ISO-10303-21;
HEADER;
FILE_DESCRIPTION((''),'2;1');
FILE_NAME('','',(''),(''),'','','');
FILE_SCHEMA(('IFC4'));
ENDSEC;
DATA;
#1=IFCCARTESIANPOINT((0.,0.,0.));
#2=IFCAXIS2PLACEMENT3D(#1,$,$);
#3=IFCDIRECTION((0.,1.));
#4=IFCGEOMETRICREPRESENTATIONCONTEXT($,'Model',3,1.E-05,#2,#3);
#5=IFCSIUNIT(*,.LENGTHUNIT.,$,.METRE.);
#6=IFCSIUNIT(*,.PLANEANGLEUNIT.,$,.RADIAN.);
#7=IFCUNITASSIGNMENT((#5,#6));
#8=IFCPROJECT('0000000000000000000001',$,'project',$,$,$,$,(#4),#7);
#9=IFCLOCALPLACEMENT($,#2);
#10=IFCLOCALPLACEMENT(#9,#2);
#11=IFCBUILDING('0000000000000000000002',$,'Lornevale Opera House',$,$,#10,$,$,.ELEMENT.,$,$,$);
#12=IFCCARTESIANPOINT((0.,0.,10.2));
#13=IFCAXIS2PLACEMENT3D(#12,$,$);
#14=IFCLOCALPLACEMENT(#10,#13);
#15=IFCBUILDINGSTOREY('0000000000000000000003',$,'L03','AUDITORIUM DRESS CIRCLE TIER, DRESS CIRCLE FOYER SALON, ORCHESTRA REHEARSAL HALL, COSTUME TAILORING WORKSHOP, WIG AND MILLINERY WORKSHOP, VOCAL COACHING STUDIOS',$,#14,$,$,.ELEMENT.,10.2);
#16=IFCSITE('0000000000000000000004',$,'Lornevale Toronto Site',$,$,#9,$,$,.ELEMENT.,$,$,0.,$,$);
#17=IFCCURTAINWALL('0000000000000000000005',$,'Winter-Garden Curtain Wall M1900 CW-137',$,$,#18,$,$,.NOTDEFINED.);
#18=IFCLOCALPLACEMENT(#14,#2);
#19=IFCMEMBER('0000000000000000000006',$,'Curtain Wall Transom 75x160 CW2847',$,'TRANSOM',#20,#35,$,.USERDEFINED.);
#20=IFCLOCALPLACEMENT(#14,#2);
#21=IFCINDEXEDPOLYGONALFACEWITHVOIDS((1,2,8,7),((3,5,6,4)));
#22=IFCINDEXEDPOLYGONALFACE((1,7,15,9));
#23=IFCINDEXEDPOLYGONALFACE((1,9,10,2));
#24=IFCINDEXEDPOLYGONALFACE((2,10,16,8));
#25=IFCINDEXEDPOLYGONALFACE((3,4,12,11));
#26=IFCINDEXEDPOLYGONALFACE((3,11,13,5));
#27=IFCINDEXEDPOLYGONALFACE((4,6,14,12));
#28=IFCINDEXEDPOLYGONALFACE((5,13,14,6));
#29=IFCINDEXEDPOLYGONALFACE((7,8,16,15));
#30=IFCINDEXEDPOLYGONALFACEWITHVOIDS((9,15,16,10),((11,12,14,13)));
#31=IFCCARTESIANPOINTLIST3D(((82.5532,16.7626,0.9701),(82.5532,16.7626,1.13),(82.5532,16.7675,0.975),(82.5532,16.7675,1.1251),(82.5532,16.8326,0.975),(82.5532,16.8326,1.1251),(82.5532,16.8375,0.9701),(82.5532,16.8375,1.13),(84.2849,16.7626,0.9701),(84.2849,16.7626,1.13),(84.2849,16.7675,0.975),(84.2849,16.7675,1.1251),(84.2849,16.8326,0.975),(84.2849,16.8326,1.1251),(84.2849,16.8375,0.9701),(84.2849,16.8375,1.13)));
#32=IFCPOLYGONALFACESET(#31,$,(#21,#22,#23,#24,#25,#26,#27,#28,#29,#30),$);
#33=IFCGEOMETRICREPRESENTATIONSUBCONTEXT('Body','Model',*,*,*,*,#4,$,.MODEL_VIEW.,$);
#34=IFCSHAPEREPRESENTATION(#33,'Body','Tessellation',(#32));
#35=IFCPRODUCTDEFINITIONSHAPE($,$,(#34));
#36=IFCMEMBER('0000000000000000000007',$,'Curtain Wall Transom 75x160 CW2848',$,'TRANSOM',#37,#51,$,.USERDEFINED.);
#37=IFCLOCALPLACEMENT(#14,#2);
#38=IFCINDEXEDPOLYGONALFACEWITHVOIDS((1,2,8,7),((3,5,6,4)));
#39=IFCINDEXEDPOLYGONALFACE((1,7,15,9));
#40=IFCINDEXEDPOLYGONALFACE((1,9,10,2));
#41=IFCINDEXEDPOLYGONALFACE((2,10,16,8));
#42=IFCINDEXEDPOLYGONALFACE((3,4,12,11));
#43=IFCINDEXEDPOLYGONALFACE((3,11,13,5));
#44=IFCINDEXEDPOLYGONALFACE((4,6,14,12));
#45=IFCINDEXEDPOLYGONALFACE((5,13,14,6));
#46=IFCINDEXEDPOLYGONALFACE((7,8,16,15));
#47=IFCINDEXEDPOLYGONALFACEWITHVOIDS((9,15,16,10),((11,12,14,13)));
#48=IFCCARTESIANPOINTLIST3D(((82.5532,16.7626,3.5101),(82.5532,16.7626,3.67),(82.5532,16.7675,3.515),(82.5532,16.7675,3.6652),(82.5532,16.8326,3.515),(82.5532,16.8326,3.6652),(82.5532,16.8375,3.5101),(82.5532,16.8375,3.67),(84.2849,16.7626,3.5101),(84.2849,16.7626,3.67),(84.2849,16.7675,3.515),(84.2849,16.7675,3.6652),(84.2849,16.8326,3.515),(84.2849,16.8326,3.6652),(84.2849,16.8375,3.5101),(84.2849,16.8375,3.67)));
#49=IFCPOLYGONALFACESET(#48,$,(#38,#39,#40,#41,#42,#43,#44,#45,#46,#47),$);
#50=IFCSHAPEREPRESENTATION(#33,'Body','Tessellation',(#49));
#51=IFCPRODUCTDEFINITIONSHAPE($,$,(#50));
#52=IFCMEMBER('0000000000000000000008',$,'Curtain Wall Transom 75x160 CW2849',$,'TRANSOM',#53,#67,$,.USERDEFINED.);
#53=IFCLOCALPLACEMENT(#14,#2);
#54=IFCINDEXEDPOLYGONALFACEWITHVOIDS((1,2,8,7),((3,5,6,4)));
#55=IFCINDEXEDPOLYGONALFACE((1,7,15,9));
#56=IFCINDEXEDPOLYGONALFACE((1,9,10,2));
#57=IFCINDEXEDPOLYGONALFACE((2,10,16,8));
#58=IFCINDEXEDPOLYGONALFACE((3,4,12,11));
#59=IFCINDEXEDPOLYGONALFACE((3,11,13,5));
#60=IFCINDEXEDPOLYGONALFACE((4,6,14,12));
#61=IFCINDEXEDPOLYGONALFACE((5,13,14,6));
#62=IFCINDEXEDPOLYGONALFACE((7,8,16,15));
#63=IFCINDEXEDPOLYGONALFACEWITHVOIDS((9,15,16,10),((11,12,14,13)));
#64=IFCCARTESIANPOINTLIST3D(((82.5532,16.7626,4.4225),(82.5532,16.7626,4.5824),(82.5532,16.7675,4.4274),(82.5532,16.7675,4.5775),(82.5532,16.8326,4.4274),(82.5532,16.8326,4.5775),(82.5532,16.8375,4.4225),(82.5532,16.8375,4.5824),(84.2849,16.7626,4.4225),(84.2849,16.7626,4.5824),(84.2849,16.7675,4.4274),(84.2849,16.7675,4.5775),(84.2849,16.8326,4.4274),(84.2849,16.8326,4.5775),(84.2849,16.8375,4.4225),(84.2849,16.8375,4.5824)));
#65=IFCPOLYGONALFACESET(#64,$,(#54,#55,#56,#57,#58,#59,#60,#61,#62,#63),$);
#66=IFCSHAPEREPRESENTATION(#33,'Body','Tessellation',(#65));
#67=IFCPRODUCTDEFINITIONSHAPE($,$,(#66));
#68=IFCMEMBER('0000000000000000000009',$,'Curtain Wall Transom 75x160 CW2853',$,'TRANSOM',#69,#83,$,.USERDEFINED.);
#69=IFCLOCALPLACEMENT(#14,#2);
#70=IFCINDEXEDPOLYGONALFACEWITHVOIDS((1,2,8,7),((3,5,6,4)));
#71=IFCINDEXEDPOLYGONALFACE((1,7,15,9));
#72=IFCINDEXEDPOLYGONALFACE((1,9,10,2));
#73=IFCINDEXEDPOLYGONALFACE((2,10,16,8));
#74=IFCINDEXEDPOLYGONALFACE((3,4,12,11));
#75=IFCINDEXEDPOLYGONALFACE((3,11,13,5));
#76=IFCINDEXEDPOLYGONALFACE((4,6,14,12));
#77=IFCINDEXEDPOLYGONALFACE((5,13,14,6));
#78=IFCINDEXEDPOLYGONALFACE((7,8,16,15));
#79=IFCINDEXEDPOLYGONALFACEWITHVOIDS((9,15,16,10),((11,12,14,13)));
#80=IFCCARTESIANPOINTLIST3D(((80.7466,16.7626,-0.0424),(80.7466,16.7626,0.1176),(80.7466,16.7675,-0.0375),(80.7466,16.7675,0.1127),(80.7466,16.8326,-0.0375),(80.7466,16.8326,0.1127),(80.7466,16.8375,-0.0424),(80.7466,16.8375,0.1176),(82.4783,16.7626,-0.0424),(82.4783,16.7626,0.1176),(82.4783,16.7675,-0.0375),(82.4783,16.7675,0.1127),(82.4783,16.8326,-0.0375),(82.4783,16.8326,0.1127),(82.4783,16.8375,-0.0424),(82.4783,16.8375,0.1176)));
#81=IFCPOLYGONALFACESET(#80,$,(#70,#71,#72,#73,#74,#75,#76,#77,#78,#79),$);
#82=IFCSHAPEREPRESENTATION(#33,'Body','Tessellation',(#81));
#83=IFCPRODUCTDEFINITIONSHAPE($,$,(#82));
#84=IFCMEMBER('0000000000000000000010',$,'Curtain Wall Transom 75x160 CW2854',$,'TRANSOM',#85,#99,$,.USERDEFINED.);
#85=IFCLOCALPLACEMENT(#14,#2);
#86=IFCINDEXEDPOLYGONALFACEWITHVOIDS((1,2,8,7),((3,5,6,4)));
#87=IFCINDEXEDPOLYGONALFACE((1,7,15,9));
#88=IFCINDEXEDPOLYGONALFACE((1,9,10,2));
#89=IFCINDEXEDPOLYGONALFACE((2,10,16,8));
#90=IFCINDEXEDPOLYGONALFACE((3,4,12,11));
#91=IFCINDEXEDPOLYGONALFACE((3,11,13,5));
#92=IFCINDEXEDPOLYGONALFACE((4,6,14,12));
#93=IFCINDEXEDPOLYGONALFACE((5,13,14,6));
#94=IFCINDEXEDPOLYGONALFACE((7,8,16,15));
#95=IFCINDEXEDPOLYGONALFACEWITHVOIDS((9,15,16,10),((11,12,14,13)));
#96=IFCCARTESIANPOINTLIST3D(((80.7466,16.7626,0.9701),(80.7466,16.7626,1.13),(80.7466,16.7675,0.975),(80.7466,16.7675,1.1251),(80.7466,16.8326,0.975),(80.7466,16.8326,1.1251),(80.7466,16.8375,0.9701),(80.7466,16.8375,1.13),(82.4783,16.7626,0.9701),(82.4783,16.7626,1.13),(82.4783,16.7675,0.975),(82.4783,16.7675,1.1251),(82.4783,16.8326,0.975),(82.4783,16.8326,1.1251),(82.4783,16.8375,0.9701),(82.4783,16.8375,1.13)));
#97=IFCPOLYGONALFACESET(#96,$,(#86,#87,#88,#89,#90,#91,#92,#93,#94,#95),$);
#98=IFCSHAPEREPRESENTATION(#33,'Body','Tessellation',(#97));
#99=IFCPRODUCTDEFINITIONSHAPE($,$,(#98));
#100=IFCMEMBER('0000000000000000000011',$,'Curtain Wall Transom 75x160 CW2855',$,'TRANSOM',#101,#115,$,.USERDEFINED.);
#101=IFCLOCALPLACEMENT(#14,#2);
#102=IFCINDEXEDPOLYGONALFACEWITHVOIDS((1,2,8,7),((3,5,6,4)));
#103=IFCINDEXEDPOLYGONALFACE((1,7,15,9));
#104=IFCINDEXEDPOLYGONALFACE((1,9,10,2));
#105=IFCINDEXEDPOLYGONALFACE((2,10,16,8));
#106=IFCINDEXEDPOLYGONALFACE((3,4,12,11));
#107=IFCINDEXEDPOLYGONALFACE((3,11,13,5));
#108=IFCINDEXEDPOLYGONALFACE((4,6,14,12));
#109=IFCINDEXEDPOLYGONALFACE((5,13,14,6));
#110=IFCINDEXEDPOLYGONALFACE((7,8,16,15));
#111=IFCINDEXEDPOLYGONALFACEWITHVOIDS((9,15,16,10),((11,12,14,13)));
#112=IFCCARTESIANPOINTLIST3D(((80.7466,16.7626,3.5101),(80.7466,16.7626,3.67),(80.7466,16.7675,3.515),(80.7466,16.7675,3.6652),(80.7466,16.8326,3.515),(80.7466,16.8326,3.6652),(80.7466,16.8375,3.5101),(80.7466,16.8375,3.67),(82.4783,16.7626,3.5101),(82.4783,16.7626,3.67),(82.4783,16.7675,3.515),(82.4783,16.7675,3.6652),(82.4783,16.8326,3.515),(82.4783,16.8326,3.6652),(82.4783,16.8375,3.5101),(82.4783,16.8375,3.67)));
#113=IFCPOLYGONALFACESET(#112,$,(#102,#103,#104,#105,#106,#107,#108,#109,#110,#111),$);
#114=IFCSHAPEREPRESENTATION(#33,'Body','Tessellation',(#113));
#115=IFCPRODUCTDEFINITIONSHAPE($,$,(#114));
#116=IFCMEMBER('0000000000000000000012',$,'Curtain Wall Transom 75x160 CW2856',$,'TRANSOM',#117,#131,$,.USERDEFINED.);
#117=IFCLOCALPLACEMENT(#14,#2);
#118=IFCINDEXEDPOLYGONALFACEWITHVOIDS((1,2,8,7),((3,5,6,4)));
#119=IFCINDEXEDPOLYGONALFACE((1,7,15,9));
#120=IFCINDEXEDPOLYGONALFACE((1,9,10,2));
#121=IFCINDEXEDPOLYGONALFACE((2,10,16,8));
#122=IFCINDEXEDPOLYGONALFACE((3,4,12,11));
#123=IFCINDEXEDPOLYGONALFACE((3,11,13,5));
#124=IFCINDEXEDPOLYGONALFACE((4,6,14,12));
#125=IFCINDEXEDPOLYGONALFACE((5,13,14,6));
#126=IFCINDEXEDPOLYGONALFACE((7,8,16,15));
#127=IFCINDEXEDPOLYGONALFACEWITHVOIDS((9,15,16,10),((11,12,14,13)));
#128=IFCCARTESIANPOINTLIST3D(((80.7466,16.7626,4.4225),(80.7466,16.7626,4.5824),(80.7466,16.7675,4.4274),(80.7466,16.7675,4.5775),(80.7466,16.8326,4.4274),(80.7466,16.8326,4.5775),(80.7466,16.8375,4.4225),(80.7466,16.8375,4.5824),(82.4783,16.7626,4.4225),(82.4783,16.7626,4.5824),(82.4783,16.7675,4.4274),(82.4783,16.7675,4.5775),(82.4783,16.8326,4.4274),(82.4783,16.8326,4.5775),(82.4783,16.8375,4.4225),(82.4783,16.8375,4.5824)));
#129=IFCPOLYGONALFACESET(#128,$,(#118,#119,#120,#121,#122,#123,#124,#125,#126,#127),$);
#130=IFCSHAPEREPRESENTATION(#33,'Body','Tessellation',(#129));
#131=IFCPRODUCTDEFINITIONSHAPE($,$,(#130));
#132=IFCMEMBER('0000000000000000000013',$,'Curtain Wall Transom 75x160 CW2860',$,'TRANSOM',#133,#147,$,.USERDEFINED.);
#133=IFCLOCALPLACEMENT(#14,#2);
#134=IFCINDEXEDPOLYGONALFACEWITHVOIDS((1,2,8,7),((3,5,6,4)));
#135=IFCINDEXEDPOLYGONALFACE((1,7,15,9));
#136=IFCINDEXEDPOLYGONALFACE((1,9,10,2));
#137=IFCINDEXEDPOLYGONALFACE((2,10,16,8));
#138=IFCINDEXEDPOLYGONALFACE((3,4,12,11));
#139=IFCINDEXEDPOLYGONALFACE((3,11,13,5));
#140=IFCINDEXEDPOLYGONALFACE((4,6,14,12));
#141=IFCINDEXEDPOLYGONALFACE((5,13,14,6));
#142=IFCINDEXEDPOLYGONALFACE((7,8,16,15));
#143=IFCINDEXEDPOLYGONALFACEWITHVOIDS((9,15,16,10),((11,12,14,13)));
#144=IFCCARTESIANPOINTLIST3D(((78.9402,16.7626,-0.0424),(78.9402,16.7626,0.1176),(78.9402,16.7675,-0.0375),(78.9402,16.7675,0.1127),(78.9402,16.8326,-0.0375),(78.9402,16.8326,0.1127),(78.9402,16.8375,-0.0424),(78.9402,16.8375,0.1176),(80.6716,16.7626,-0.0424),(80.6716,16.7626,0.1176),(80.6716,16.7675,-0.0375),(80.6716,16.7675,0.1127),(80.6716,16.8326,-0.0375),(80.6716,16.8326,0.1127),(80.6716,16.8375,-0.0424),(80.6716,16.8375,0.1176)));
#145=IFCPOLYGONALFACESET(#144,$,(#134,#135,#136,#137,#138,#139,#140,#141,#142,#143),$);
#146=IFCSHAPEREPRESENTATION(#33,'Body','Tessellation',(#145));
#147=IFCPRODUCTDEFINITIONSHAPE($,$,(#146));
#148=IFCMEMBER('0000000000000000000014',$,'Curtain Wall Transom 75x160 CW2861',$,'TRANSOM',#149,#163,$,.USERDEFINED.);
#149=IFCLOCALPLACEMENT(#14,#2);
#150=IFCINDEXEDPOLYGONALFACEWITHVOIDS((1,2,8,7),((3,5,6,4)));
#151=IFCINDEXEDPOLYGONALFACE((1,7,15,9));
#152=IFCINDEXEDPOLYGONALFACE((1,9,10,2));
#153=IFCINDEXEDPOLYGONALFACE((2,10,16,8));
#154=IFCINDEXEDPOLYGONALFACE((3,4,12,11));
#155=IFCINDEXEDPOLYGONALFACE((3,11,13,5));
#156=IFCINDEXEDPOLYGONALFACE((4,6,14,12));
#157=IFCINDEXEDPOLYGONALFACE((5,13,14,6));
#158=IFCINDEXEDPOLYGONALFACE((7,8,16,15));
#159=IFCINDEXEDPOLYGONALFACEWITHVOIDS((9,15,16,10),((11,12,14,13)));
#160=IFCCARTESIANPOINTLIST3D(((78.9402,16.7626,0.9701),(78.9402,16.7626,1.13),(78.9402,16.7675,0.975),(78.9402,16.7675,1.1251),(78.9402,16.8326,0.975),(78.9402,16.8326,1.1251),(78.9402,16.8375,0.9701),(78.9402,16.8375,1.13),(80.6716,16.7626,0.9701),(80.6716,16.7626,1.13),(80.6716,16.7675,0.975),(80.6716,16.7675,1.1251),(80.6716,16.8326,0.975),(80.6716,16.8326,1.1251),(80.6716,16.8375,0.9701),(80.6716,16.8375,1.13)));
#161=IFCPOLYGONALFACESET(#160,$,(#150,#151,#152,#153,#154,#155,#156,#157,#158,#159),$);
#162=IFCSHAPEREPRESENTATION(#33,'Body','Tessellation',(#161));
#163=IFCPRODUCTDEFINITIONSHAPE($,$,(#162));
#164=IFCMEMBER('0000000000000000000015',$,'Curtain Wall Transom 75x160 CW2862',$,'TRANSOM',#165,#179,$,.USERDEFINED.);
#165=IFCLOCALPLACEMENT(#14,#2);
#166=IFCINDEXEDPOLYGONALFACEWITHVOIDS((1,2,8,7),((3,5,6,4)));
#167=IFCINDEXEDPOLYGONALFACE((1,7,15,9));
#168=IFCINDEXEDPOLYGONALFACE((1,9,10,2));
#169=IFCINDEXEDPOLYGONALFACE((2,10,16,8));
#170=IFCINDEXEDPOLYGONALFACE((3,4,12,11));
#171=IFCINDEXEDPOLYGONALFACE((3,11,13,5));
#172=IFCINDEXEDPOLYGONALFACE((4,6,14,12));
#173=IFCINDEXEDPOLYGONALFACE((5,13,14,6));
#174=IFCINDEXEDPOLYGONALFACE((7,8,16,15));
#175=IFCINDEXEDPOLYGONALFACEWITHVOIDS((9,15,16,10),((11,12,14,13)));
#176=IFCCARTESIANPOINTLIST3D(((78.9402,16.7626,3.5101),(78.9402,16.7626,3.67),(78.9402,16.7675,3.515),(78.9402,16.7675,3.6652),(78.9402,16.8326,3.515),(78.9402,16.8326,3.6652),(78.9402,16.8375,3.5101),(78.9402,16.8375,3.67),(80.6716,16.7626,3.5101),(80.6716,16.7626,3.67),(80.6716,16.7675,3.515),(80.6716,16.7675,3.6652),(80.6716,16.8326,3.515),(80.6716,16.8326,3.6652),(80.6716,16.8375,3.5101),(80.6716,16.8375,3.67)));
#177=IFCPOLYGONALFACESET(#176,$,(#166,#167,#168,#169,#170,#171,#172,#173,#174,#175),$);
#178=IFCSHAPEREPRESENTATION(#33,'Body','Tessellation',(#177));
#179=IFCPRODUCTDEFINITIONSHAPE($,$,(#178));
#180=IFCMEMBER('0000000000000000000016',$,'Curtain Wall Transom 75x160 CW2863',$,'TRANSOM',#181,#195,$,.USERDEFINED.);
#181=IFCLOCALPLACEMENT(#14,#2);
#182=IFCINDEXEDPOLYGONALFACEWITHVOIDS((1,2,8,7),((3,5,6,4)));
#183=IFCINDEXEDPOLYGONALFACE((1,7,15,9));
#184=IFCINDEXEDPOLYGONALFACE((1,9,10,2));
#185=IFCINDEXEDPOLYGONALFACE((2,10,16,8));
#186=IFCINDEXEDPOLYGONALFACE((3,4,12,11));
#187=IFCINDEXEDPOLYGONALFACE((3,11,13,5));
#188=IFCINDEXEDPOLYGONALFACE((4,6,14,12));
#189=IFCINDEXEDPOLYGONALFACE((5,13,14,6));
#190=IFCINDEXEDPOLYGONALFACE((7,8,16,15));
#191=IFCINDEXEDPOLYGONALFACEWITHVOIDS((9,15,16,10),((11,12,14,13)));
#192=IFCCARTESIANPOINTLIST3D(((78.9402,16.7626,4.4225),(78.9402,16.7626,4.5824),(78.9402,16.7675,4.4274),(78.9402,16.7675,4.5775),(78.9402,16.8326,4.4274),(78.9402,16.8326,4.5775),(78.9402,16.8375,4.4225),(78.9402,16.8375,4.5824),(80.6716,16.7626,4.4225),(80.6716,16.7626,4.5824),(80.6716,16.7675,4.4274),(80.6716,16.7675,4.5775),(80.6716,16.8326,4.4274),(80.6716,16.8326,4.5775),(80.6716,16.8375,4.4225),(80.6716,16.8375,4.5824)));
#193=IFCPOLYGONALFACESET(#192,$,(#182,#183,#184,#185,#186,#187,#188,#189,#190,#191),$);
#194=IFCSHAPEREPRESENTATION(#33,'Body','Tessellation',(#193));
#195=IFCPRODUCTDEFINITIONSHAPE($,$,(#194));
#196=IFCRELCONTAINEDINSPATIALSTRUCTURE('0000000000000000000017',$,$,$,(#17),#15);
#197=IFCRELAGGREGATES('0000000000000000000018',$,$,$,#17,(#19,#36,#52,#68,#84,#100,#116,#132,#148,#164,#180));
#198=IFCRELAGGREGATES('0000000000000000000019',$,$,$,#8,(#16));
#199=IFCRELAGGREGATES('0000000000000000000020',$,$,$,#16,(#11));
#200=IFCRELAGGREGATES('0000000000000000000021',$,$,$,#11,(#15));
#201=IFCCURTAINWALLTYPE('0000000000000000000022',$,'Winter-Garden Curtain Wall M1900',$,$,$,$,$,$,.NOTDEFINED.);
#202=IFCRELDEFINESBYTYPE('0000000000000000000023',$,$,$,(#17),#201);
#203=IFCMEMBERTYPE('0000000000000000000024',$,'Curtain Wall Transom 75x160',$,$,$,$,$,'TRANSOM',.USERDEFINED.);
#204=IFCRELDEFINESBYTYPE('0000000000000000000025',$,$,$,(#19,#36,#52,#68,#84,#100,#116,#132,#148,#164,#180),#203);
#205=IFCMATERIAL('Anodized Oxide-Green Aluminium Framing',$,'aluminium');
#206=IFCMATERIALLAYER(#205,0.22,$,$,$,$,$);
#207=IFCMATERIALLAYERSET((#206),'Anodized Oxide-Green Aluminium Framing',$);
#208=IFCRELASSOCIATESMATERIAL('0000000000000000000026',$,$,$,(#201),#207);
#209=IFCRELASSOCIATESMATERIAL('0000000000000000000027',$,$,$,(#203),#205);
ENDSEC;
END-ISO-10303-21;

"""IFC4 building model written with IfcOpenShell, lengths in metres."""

from ifc_helpers import new_model, si_unit, direction, frame, origin, origin_2d, place, context, subcontext, project, spatial, hollow_rectangle, extrude, material, layer, layer_set, material_profile, profile_set, type_object, element, aggregate, save


model = new_model("IFC4")

# Units and contexts
model_context = context("Model", 3, precision=1e-05, world=origin(), true_north=direction((0.0, 1.0)))
body_context = subcontext(model_context, "Body", "Model", "MODEL_VIEW")
ifc_project = project(units=[si_unit("LENGTHUNIT", "METRE"), si_unit("PLANEANGLEUNIT", "RADIAN")], contexts=[model_context])

# Site, building, storey
site_placement = place(None, origin())
site = spatial("IfcSite", under=ifc_project, at=site_placement, Name="Lornevale Toronto Site", CompositionType="ELEMENT", RefElevation=0.0)
building_placement = place(site_placement, origin())
building = spatial("IfcBuilding", under=site, at=building_placement, Name="Lornevale Opera House", CompositionType="ELEMENT")
storey_placement = place(building_placement, frame((0.0, 0.0, 10.2)))
storey = spatial("IfcBuildingStorey", under=building, at=storey_placement, Name="L03", Description="AUDITORIUM DRESS CIRCLE TIER, DRESS CIRCLE FOYER SALON, ORCHESTRA REHEARSAL HALL, COSTUME TAILORING WORKSHOP, WIG AND MILLINERY WORKSHOP, VOCAL COACHING STUDIOS", CompositionType="ELEMENT", Elevation=10.2)

# Shared definitions
ifc_material_1 = material(Name="Anodized Oxide-Green Aluminium Framing", Category="aluminium")
ifc_layer_1 = layer(ifc_material_1, 0.22)
ifc_layer_set_1 = layer_set([ifc_layer_1], Name="Anodized Oxide-Green Aluminium Framing")
curtain_wall_type = type_object("IfcCurtainWallType", Name="Winter-Garden Curtain Wall M1900", PredefinedType="NOTDEFINED", material=ifc_layer_set_1)

# Curtain wall, members
curtain_wall_1_placement = place(storey_placement, origin())
curtain_wall_1 = element("IfcCurtainWall", 1, at=curtain_wall_1_placement, inside=storey, type_object=curtain_wall_type, Name="Winter-Garden Curtain Wall M1900 CW-137", PredefinedType="NOTDEFINED")
ifc_material_profile_1 = material_profile(ifc_material_1, hollow_rectangle(XDim=0.075, YDim=0.1599, WallThickness=0.0049, at=origin_2d()), Name="ALU75x160x5")
ifc_profile_set_1 = profile_set([ifc_material_profile_1], Name="Anodized Oxide-Green Aluminium Framing")
member_type_1 = type_object("IfcMemberType", Name="Curtain Wall Transom 75x160", ElementType="TRANSOM", PredefinedType="USERDEFINED", material=ifc_profile_set_1)
member_1_placement = place(storey_placement, frame((84.2849, 16.8, 1.05), z_axis=(-1.0, 0.0, 0.0), x_axis=(0.0, -1.0, 0.0)))
member_1 = element("IfcMember", 2, at=member_1_placement, type_object=member_type_1, Name="Curtain Wall Transom 75x160 CW2847", ObjectType="TRANSOM", PredefinedType="USERDEFINED", context=body_context, shape_type="SweptSolid", body=[
    extrude(hollow_rectangle(XDim=0.075, YDim=0.1599, WallThickness=0.0049, at=origin_2d()), origin(), (0.0, 0.0, 1.0), 1.7317),
])
member_2_placement = place(storey_placement, frame((84.2849, 16.8, 3.5901), z_axis=(-1.0, 0.0, 0.0), x_axis=(0.0, -1.0, 0.0)))
member_2 = element("IfcMember", 3, at=member_2_placement, type_object=member_type_1, Name="Curtain Wall Transom 75x160 CW2848", ObjectType="TRANSOM", PredefinedType="USERDEFINED", context=body_context, shape_type="SweptSolid", body=[
    extrude(hollow_rectangle(XDim=0.075, YDim=0.1599, WallThickness=0.0049, at=origin_2d()), origin(), (0.0, 0.0, 1.0), 1.7317),
])
member_3_placement = place(storey_placement, frame((84.2849, 16.8, 4.5024), z_axis=(-1.0, 0.0, 0.0), x_axis=(0.0, -1.0, 0.0)))
member_3 = element("IfcMember", 4, at=member_3_placement, type_object=member_type_1, Name="Curtain Wall Transom 75x160 CW2849", ObjectType="TRANSOM", PredefinedType="USERDEFINED", context=body_context, shape_type="SweptSolid", body=[
    extrude(hollow_rectangle(XDim=0.075, YDim=0.1599, WallThickness=0.0049, at=origin_2d()), origin(), (0.0, 0.0, 1.0), 1.7317),
])
member_4_placement = place(storey_placement, frame((82.4783, 16.8, 0.0376), z_axis=(-1.0, 0.0, 0.0), x_axis=(0.0, -1.0, 0.0)))
member_4 = element("IfcMember", 5, at=member_4_placement, type_object=member_type_1, Name="Curtain Wall Transom 75x160 CW2853", ObjectType="TRANSOM", PredefinedType="USERDEFINED", context=body_context, shape_type="SweptSolid", body=[
    extrude(hollow_rectangle(XDim=0.075, YDim=0.1599, WallThickness=0.0049, at=origin_2d()), origin(), (0.0, 0.0, 1.0), 1.7317),
])
member_5_placement = place(storey_placement, frame((82.4783, 16.8, 1.05), z_axis=(-1.0, 0.0, 0.0), x_axis=(0.0, -1.0, 0.0)))
member_5 = element("IfcMember", 6, at=member_5_placement, type_object=member_type_1, Name="Curtain Wall Transom 75x160 CW2854", ObjectType="TRANSOM", PredefinedType="USERDEFINED", context=body_context, shape_type="SweptSolid", body=[
    extrude(hollow_rectangle(XDim=0.075, YDim=0.1599, WallThickness=0.0049, at=origin_2d()), origin(), (0.0, 0.0, 1.0), 1.7317),
])
member_6_placement = place(storey_placement, frame((82.4783, 16.8, 3.5901), z_axis=(-1.0, 0.0, 0.0), x_axis=(0.0, -1.0, 0.0)))
member_6 = element("IfcMember", 7, at=member_6_placement, type_object=member_type_1, Name="Curtain Wall Transom 75x160 CW2855", ObjectType="TRANSOM", PredefinedType="USERDEFINED", context=body_context, shape_type="SweptSolid", body=[
    extrude(hollow_rectangle(XDim=0.075, YDim=0.1599, WallThickness=0.0049, at=origin_2d()), origin(), (0.0, 0.0, 1.0), 1.7317),
])
member_7_placement = place(storey_placement, frame((82.4783, 16.8, 4.5024), z_axis=(-1.0, 0.0, 0.0), x_axis=(0.0, -1.0, 0.0)))
member_7 = element("IfcMember", 8, at=member_7_placement, type_object=member_type_1, Name="Curtain Wall Transom 75x160 CW2856", ObjectType="TRANSOM", PredefinedType="USERDEFINED", context=body_context, shape_type="SweptSolid", body=[
    extrude(hollow_rectangle(XDim=0.075, YDim=0.1599, WallThickness=0.0049, at=origin_2d()), origin(), (0.0, 0.0, 1.0), 1.7317),
])
member_8_placement = place(storey_placement, frame((80.6716, 16.8, 0.0376), z_axis=(-1.0, 0.0, 0.0), x_axis=(0.0, -1.0, 0.0)))
member_8 = element("IfcMember", 9, at=member_8_placement, type_object=member_type_1, Name="Curtain Wall Transom 75x160 CW2860", ObjectType="TRANSOM", PredefinedType="USERDEFINED", context=body_context, shape_type="SweptSolid", body=[
    extrude(hollow_rectangle(XDim=0.075, YDim=0.1599, WallThickness=0.0049, at=origin_2d()), origin(), (0.0, 0.0, 1.0), 1.7314),
])
member_9_placement = place(storey_placement, frame((80.6716, 16.8, 1.05), z_axis=(-1.0, 0.0, 0.0), x_axis=(0.0, -1.0, 0.0)))
member_9 = element("IfcMember", 10, at=member_9_placement, type_object=member_type_1, Name="Curtain Wall Transom 75x160 CW2861", ObjectType="TRANSOM", PredefinedType="USERDEFINED", context=body_context, shape_type="SweptSolid", body=[
    extrude(hollow_rectangle(XDim=0.075, YDim=0.1599, WallThickness=0.0049, at=origin_2d()), origin(), (0.0, 0.0, 1.0), 1.7314),
])
member_10_placement = place(storey_placement, frame((80.6716, 16.8, 3.5901), z_axis=(-1.0, 0.0, 0.0), x_axis=(0.0, -1.0, 0.0)))
member_10 = element("IfcMember", 11, at=member_10_placement, type_object=member_type_1, Name="Curtain Wall Transom 75x160 CW2862", ObjectType="TRANSOM", PredefinedType="USERDEFINED", context=body_context, shape_type="SweptSolid", body=[
    extrude(hollow_rectangle(XDim=0.075, YDim=0.1599, WallThickness=0.0049, at=origin_2d()), origin(), (0.0, 0.0, 1.0), 1.7314),
])
member_11_placement = place(storey_placement, frame((80.6716, 16.8, 4.5024), z_axis=(-1.0, 0.0, 0.0), x_axis=(0.0, -1.0, 0.0)))
member_11 = element("IfcMember", 12, at=member_11_placement, type_object=member_type_1, Name="Curtain Wall Transom 75x160 CW2863", ObjectType="TRANSOM", PredefinedType="USERDEFINED", context=body_context, shape_type="SweptSolid", body=[
    extrude(hollow_rectangle(XDim=0.075, YDim=0.1599, WallThickness=0.0049, at=origin_2d()), origin(), (0.0, 0.0, 1.0), 1.7314),
])
aggregate(curtain_wall_1, [member_1, member_2, member_3, member_4, member_5, member_6, member_7, member_8, member_9, member_10, member_11])

save(model, "model.ifc")
